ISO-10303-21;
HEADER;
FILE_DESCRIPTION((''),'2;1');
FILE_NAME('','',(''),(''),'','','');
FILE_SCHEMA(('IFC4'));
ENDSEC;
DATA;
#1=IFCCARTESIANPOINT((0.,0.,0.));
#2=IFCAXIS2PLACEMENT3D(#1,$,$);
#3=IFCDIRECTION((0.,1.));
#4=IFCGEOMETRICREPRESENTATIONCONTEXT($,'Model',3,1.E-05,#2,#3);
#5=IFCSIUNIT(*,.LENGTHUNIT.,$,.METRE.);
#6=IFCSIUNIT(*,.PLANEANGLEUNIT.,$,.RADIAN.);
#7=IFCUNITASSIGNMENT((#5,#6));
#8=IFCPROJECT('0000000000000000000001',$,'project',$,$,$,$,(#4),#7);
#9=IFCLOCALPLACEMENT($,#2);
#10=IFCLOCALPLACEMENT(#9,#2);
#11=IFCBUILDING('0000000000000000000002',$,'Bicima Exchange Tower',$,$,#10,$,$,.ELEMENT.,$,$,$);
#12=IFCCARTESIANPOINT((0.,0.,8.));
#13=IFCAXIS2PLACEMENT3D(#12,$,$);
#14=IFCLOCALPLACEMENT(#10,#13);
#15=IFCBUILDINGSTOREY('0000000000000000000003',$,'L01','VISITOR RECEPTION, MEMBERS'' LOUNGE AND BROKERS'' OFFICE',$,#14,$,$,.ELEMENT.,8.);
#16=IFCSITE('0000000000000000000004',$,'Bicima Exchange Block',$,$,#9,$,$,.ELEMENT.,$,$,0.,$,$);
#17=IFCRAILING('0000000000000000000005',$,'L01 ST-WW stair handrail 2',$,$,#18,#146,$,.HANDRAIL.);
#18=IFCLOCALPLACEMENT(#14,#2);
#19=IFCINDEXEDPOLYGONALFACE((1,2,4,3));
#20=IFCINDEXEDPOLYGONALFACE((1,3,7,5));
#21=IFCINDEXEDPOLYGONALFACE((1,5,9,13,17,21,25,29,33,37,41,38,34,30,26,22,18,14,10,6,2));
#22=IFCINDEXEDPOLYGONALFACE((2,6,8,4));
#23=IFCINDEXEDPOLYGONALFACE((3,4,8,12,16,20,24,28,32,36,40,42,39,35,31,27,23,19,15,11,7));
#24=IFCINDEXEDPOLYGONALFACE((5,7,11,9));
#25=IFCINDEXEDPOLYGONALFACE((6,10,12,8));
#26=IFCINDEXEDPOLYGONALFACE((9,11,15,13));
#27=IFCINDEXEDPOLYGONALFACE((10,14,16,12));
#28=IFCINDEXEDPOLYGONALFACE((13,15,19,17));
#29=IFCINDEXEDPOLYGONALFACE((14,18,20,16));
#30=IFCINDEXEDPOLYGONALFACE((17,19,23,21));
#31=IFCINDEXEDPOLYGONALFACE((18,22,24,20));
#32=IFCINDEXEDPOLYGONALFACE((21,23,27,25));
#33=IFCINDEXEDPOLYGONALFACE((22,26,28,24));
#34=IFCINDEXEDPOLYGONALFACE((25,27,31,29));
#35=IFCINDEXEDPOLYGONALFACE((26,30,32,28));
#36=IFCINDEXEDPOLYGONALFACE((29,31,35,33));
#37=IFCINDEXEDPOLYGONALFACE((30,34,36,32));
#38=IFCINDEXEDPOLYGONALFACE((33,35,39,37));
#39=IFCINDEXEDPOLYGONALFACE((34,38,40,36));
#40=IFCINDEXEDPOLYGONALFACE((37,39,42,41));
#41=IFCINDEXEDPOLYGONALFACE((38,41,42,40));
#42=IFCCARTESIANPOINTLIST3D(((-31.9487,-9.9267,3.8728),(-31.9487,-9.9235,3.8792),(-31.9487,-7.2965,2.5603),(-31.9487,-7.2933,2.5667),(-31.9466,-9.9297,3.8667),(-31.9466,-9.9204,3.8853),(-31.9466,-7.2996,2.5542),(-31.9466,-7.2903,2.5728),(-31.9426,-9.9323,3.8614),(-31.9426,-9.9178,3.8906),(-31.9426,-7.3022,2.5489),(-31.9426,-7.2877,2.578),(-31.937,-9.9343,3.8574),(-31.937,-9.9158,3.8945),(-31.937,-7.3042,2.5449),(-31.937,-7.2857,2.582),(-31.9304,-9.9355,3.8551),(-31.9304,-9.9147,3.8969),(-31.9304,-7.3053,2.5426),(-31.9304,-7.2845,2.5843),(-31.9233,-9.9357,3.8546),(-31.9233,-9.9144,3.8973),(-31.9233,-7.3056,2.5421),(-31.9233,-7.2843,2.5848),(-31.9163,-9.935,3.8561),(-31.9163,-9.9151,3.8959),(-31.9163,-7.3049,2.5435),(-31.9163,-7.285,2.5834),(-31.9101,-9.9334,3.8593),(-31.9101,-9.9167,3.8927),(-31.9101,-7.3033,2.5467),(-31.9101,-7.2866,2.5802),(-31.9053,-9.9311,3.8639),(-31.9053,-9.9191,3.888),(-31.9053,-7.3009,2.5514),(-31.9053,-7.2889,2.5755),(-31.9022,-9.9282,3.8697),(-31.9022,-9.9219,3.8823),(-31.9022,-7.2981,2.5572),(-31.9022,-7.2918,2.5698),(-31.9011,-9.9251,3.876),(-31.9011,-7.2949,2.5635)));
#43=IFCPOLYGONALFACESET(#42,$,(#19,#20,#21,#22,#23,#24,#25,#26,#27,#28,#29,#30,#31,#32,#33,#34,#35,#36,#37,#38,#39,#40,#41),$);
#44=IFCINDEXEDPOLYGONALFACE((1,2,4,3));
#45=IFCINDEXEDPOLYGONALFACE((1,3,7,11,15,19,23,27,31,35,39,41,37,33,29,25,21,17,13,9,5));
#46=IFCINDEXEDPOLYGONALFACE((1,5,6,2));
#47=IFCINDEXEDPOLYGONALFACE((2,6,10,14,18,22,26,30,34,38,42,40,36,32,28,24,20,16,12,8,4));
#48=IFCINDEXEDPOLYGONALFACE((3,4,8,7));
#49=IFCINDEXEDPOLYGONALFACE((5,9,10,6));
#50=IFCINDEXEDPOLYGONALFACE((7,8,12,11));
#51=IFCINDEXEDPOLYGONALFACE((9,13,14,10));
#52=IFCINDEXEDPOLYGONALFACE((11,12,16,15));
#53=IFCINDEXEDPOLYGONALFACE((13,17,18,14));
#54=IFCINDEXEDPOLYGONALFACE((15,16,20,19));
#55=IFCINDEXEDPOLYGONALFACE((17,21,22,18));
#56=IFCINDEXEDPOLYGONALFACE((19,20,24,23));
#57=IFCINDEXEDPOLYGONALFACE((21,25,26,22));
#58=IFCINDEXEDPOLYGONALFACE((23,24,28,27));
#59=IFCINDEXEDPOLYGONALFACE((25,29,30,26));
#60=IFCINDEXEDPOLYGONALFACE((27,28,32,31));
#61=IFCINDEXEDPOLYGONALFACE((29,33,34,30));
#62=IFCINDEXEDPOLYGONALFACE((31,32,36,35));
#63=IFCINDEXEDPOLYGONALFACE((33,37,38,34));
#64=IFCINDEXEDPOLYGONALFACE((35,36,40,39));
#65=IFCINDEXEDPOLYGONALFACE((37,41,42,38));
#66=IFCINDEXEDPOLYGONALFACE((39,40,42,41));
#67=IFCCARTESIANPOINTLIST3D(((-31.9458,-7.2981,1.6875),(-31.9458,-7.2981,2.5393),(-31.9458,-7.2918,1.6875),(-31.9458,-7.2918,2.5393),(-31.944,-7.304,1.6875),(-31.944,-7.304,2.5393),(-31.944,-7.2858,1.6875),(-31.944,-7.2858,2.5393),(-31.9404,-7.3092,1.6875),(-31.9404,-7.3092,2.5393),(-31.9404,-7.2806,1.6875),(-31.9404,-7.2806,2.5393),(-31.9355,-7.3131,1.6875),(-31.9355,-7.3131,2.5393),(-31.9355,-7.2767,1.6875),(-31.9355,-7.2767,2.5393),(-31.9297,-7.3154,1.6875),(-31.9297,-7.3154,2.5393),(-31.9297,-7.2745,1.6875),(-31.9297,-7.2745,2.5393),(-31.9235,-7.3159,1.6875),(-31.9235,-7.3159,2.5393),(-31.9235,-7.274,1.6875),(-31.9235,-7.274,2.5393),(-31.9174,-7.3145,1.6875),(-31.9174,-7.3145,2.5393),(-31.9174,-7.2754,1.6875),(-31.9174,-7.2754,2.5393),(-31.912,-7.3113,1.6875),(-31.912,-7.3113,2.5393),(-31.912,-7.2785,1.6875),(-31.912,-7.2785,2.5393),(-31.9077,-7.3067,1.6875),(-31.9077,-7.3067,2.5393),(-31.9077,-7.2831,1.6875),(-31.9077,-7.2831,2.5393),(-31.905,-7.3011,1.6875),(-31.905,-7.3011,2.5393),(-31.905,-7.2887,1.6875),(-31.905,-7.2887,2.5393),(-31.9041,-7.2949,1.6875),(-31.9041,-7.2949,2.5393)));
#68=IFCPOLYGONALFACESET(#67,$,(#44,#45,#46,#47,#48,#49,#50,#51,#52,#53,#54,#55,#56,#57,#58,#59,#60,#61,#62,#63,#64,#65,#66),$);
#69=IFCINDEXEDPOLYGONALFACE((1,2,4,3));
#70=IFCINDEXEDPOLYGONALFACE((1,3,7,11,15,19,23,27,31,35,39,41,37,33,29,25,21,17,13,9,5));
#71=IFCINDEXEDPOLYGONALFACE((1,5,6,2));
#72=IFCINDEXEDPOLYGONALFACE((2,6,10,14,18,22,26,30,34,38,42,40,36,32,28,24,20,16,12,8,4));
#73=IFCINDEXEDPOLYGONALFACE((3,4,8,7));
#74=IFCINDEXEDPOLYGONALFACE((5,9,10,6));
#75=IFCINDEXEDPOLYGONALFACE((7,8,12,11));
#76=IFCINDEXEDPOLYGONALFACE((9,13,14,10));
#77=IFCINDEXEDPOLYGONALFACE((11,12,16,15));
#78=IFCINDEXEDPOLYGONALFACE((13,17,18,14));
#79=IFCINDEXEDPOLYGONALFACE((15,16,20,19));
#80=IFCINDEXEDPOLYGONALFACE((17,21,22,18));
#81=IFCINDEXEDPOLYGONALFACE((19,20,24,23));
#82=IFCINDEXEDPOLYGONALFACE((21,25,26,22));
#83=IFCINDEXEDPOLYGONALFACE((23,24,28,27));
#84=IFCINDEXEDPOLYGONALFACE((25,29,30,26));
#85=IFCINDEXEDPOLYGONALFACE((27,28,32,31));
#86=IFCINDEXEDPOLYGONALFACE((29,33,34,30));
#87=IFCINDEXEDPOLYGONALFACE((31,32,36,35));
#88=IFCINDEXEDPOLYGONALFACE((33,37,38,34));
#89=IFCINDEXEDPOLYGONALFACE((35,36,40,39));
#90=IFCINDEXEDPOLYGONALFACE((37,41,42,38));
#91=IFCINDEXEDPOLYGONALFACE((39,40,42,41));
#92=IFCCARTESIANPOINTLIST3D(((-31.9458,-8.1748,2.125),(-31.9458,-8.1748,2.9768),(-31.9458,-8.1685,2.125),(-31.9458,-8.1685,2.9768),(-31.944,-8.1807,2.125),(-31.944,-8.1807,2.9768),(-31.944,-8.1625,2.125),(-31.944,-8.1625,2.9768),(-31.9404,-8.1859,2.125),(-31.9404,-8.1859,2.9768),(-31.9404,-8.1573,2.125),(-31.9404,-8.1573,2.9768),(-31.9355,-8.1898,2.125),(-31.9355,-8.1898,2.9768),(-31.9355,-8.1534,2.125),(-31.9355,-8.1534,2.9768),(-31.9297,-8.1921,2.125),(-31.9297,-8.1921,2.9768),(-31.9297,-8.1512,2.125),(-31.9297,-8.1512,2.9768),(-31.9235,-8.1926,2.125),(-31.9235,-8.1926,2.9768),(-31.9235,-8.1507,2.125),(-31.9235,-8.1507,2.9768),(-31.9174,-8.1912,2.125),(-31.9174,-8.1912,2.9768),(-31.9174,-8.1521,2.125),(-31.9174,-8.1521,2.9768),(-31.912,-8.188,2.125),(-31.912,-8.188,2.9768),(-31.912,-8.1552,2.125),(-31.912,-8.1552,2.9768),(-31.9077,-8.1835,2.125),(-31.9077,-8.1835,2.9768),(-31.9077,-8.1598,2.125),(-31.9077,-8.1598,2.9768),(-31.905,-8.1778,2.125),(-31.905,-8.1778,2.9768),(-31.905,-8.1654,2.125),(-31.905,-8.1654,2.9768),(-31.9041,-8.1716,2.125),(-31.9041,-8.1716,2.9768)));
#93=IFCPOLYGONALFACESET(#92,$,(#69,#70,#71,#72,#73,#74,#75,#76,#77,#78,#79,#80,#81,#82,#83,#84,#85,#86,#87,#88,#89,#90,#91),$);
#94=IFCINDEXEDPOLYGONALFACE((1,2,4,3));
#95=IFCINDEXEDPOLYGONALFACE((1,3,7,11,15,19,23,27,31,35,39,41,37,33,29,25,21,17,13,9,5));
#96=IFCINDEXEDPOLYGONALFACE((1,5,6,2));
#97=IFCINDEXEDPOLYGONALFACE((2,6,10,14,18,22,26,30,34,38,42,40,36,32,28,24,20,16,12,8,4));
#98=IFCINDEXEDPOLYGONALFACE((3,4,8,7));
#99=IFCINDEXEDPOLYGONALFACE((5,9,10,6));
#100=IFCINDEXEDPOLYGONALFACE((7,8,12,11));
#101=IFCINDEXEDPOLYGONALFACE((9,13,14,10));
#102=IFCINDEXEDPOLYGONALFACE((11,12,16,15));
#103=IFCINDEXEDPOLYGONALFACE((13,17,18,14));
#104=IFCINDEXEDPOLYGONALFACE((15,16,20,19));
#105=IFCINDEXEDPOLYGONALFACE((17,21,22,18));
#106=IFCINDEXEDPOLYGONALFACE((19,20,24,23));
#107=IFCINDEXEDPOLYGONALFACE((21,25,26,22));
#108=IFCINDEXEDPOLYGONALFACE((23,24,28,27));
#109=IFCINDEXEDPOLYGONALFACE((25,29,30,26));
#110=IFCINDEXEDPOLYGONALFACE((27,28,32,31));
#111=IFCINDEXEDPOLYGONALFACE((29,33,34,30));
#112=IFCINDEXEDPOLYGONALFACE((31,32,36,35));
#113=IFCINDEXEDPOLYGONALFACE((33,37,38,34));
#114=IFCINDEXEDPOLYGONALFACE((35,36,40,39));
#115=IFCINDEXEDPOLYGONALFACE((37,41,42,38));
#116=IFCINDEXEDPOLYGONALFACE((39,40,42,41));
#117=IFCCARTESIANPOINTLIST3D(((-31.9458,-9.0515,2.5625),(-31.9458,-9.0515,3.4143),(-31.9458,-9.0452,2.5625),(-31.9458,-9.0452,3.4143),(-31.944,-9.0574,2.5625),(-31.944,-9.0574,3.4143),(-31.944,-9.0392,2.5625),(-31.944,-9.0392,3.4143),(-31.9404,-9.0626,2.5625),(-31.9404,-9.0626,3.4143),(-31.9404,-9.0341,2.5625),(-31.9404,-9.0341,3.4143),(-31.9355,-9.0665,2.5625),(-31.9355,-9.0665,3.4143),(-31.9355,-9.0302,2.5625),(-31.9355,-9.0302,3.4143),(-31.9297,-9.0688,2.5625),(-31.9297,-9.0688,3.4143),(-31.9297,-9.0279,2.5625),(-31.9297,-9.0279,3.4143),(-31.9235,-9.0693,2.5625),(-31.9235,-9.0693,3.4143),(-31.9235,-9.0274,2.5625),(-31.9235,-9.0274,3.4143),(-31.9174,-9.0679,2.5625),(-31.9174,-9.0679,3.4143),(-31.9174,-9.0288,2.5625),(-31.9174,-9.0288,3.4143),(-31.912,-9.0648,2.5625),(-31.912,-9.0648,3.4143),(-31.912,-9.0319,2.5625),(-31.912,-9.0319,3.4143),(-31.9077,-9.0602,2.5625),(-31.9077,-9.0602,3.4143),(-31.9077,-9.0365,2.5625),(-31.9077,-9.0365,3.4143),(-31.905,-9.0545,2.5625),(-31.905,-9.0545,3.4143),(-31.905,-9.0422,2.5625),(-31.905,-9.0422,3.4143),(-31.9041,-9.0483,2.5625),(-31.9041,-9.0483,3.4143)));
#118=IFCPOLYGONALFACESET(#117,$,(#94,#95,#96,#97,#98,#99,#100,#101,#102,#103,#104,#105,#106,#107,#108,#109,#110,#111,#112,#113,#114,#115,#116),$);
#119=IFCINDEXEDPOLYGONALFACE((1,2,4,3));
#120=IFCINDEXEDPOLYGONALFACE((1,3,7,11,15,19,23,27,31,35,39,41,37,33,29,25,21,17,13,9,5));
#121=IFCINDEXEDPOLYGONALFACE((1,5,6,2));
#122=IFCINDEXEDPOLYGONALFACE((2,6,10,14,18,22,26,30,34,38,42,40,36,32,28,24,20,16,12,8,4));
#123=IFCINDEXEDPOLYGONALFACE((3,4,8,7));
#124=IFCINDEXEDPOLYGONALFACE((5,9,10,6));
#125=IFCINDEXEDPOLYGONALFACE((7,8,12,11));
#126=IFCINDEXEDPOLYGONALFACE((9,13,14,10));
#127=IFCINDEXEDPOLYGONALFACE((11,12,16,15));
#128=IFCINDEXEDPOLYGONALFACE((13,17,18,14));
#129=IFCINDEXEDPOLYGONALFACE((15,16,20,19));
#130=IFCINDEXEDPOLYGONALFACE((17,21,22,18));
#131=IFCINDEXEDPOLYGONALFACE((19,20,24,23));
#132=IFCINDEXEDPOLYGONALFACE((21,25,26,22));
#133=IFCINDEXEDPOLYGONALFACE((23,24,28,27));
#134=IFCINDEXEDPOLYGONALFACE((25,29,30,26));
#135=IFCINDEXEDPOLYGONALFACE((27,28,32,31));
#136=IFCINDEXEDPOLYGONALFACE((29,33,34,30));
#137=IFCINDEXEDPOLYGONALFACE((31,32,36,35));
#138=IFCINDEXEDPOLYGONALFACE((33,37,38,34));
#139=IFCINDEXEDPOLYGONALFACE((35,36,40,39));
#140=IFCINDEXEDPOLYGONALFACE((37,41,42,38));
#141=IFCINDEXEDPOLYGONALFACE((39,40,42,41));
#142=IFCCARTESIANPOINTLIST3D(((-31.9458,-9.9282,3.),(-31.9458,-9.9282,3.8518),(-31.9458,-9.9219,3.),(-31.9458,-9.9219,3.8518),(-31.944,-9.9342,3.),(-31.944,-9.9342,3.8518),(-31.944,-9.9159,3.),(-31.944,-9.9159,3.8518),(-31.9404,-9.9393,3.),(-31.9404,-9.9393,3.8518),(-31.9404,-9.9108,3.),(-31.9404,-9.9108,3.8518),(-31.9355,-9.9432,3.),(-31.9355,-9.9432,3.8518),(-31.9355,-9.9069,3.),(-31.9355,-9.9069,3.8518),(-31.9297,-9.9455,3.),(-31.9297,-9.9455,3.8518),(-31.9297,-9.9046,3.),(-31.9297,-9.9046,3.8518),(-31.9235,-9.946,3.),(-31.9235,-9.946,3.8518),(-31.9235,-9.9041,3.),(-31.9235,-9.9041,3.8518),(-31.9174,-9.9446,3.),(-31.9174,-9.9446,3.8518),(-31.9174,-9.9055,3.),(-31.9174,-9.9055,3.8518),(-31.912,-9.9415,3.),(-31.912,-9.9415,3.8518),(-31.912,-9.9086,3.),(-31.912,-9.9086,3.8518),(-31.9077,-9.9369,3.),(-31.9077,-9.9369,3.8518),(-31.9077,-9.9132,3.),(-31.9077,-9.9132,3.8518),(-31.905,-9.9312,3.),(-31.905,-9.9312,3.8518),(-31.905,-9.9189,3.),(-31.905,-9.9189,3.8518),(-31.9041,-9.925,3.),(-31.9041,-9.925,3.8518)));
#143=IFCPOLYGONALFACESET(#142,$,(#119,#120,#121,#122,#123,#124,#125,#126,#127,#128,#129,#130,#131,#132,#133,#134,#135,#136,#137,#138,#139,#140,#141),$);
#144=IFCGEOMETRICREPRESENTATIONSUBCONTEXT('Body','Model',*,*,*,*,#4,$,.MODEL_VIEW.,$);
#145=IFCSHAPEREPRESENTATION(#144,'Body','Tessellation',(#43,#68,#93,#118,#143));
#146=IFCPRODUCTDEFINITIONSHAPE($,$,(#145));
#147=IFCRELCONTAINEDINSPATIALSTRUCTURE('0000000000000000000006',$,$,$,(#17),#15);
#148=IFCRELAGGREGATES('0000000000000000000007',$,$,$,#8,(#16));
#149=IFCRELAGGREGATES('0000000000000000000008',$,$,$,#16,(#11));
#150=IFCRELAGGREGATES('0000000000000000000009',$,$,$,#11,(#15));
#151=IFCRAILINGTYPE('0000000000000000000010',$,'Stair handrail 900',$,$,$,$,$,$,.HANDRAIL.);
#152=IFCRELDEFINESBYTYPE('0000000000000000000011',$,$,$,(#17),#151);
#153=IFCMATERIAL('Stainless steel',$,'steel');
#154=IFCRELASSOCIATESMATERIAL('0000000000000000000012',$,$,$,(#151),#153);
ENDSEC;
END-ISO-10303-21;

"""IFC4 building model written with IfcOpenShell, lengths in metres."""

from ifc_helpers import new_model, si_unit, direction, frame, origin, origin_2d, place, context, subcontext, project, spatial, circle, extrude, material, type_object, element, save


model = new_model("IFC4")

# Units and contexts
model_context = context("Model", 3, precision=1e-05, world=origin(), true_north=direction((0.0, 1.0)))
body_context = subcontext(model_context, "Body", "Model", "MODEL_VIEW")
ifc_project = project(units=[si_unit("LENGTHUNIT", "METRE"), si_unit("PLANEANGLEUNIT", "RADIAN")], contexts=[model_context])

# Site, building, storey
site_placement = place(None, origin())
site = spatial("IfcSite", under=ifc_project, at=site_placement, Name="Bicima Exchange Block", CompositionType="ELEMENT", RefElevation=0.0)
building_placement = place(site_placement, origin())
building = spatial("IfcBuilding", under=site, at=building_placement, Name="Bicima Exchange Tower", CompositionType="ELEMENT")
storey_placement = place(building_placement, frame((0.0, 0.0, 8.0)))
storey = spatial("IfcBuildingStorey", under=building, at=storey_placement, Name="L01", Description="VISITOR RECEPTION, MEMBERS' LOUNGE AND BROKERS' OFFICE", CompositionType="ELEMENT", Elevation=8.0)

# Railing
ifc_material_1 = material(Name="Stainless steel", Category="steel")
railing_type_1 = type_object("IfcRailingType", Name="Stair handrail 900", PredefinedType="HANDRAIL", material=ifc_material_1)
railing_1_placement = place(storey_placement, frame((-31.925, -7.2949, 1.6875)))
element("IfcRailing", 1, at=railing_1_placement, inside=storey, type_object=railing_type_1, Name="L01 ST-WW stair handrail 2", PredefinedType="HANDRAIL", context=body_context, shape_type="SweptSolid", body=[
    extrude(circle(Radius=0.0239, at=origin_2d()), frame((0.0, 0.0, 0.876), z_axis=(0.0, -0.894776, 0.446516), x_axis=(1.0, 0.0, 0.0)), (0.0, 0.0, 1.0), 2.9395),
    extrude(circle(Radius=0.021, at=origin_2d()), origin(), (0.0, 0.0, 1.0), 0.8518),
    extrude(circle(Radius=0.021, at=origin_2d()), frame((0.0, -0.8767, 0.4375)), (0.0, 0.0, 1.0), 0.8518),
    extrude(circle(Radius=0.021, at=origin_2d()), frame((0.0, -1.7534, 0.875)), (0.0, 0.0, 1.0), 0.8518),
    extrude(circle(Radius=0.021, at=origin_2d()), frame((0.0, -2.6301, 1.3125)), (0.0, 0.0, 1.0), 0.8518),
])

save(model, "model.ifc")
